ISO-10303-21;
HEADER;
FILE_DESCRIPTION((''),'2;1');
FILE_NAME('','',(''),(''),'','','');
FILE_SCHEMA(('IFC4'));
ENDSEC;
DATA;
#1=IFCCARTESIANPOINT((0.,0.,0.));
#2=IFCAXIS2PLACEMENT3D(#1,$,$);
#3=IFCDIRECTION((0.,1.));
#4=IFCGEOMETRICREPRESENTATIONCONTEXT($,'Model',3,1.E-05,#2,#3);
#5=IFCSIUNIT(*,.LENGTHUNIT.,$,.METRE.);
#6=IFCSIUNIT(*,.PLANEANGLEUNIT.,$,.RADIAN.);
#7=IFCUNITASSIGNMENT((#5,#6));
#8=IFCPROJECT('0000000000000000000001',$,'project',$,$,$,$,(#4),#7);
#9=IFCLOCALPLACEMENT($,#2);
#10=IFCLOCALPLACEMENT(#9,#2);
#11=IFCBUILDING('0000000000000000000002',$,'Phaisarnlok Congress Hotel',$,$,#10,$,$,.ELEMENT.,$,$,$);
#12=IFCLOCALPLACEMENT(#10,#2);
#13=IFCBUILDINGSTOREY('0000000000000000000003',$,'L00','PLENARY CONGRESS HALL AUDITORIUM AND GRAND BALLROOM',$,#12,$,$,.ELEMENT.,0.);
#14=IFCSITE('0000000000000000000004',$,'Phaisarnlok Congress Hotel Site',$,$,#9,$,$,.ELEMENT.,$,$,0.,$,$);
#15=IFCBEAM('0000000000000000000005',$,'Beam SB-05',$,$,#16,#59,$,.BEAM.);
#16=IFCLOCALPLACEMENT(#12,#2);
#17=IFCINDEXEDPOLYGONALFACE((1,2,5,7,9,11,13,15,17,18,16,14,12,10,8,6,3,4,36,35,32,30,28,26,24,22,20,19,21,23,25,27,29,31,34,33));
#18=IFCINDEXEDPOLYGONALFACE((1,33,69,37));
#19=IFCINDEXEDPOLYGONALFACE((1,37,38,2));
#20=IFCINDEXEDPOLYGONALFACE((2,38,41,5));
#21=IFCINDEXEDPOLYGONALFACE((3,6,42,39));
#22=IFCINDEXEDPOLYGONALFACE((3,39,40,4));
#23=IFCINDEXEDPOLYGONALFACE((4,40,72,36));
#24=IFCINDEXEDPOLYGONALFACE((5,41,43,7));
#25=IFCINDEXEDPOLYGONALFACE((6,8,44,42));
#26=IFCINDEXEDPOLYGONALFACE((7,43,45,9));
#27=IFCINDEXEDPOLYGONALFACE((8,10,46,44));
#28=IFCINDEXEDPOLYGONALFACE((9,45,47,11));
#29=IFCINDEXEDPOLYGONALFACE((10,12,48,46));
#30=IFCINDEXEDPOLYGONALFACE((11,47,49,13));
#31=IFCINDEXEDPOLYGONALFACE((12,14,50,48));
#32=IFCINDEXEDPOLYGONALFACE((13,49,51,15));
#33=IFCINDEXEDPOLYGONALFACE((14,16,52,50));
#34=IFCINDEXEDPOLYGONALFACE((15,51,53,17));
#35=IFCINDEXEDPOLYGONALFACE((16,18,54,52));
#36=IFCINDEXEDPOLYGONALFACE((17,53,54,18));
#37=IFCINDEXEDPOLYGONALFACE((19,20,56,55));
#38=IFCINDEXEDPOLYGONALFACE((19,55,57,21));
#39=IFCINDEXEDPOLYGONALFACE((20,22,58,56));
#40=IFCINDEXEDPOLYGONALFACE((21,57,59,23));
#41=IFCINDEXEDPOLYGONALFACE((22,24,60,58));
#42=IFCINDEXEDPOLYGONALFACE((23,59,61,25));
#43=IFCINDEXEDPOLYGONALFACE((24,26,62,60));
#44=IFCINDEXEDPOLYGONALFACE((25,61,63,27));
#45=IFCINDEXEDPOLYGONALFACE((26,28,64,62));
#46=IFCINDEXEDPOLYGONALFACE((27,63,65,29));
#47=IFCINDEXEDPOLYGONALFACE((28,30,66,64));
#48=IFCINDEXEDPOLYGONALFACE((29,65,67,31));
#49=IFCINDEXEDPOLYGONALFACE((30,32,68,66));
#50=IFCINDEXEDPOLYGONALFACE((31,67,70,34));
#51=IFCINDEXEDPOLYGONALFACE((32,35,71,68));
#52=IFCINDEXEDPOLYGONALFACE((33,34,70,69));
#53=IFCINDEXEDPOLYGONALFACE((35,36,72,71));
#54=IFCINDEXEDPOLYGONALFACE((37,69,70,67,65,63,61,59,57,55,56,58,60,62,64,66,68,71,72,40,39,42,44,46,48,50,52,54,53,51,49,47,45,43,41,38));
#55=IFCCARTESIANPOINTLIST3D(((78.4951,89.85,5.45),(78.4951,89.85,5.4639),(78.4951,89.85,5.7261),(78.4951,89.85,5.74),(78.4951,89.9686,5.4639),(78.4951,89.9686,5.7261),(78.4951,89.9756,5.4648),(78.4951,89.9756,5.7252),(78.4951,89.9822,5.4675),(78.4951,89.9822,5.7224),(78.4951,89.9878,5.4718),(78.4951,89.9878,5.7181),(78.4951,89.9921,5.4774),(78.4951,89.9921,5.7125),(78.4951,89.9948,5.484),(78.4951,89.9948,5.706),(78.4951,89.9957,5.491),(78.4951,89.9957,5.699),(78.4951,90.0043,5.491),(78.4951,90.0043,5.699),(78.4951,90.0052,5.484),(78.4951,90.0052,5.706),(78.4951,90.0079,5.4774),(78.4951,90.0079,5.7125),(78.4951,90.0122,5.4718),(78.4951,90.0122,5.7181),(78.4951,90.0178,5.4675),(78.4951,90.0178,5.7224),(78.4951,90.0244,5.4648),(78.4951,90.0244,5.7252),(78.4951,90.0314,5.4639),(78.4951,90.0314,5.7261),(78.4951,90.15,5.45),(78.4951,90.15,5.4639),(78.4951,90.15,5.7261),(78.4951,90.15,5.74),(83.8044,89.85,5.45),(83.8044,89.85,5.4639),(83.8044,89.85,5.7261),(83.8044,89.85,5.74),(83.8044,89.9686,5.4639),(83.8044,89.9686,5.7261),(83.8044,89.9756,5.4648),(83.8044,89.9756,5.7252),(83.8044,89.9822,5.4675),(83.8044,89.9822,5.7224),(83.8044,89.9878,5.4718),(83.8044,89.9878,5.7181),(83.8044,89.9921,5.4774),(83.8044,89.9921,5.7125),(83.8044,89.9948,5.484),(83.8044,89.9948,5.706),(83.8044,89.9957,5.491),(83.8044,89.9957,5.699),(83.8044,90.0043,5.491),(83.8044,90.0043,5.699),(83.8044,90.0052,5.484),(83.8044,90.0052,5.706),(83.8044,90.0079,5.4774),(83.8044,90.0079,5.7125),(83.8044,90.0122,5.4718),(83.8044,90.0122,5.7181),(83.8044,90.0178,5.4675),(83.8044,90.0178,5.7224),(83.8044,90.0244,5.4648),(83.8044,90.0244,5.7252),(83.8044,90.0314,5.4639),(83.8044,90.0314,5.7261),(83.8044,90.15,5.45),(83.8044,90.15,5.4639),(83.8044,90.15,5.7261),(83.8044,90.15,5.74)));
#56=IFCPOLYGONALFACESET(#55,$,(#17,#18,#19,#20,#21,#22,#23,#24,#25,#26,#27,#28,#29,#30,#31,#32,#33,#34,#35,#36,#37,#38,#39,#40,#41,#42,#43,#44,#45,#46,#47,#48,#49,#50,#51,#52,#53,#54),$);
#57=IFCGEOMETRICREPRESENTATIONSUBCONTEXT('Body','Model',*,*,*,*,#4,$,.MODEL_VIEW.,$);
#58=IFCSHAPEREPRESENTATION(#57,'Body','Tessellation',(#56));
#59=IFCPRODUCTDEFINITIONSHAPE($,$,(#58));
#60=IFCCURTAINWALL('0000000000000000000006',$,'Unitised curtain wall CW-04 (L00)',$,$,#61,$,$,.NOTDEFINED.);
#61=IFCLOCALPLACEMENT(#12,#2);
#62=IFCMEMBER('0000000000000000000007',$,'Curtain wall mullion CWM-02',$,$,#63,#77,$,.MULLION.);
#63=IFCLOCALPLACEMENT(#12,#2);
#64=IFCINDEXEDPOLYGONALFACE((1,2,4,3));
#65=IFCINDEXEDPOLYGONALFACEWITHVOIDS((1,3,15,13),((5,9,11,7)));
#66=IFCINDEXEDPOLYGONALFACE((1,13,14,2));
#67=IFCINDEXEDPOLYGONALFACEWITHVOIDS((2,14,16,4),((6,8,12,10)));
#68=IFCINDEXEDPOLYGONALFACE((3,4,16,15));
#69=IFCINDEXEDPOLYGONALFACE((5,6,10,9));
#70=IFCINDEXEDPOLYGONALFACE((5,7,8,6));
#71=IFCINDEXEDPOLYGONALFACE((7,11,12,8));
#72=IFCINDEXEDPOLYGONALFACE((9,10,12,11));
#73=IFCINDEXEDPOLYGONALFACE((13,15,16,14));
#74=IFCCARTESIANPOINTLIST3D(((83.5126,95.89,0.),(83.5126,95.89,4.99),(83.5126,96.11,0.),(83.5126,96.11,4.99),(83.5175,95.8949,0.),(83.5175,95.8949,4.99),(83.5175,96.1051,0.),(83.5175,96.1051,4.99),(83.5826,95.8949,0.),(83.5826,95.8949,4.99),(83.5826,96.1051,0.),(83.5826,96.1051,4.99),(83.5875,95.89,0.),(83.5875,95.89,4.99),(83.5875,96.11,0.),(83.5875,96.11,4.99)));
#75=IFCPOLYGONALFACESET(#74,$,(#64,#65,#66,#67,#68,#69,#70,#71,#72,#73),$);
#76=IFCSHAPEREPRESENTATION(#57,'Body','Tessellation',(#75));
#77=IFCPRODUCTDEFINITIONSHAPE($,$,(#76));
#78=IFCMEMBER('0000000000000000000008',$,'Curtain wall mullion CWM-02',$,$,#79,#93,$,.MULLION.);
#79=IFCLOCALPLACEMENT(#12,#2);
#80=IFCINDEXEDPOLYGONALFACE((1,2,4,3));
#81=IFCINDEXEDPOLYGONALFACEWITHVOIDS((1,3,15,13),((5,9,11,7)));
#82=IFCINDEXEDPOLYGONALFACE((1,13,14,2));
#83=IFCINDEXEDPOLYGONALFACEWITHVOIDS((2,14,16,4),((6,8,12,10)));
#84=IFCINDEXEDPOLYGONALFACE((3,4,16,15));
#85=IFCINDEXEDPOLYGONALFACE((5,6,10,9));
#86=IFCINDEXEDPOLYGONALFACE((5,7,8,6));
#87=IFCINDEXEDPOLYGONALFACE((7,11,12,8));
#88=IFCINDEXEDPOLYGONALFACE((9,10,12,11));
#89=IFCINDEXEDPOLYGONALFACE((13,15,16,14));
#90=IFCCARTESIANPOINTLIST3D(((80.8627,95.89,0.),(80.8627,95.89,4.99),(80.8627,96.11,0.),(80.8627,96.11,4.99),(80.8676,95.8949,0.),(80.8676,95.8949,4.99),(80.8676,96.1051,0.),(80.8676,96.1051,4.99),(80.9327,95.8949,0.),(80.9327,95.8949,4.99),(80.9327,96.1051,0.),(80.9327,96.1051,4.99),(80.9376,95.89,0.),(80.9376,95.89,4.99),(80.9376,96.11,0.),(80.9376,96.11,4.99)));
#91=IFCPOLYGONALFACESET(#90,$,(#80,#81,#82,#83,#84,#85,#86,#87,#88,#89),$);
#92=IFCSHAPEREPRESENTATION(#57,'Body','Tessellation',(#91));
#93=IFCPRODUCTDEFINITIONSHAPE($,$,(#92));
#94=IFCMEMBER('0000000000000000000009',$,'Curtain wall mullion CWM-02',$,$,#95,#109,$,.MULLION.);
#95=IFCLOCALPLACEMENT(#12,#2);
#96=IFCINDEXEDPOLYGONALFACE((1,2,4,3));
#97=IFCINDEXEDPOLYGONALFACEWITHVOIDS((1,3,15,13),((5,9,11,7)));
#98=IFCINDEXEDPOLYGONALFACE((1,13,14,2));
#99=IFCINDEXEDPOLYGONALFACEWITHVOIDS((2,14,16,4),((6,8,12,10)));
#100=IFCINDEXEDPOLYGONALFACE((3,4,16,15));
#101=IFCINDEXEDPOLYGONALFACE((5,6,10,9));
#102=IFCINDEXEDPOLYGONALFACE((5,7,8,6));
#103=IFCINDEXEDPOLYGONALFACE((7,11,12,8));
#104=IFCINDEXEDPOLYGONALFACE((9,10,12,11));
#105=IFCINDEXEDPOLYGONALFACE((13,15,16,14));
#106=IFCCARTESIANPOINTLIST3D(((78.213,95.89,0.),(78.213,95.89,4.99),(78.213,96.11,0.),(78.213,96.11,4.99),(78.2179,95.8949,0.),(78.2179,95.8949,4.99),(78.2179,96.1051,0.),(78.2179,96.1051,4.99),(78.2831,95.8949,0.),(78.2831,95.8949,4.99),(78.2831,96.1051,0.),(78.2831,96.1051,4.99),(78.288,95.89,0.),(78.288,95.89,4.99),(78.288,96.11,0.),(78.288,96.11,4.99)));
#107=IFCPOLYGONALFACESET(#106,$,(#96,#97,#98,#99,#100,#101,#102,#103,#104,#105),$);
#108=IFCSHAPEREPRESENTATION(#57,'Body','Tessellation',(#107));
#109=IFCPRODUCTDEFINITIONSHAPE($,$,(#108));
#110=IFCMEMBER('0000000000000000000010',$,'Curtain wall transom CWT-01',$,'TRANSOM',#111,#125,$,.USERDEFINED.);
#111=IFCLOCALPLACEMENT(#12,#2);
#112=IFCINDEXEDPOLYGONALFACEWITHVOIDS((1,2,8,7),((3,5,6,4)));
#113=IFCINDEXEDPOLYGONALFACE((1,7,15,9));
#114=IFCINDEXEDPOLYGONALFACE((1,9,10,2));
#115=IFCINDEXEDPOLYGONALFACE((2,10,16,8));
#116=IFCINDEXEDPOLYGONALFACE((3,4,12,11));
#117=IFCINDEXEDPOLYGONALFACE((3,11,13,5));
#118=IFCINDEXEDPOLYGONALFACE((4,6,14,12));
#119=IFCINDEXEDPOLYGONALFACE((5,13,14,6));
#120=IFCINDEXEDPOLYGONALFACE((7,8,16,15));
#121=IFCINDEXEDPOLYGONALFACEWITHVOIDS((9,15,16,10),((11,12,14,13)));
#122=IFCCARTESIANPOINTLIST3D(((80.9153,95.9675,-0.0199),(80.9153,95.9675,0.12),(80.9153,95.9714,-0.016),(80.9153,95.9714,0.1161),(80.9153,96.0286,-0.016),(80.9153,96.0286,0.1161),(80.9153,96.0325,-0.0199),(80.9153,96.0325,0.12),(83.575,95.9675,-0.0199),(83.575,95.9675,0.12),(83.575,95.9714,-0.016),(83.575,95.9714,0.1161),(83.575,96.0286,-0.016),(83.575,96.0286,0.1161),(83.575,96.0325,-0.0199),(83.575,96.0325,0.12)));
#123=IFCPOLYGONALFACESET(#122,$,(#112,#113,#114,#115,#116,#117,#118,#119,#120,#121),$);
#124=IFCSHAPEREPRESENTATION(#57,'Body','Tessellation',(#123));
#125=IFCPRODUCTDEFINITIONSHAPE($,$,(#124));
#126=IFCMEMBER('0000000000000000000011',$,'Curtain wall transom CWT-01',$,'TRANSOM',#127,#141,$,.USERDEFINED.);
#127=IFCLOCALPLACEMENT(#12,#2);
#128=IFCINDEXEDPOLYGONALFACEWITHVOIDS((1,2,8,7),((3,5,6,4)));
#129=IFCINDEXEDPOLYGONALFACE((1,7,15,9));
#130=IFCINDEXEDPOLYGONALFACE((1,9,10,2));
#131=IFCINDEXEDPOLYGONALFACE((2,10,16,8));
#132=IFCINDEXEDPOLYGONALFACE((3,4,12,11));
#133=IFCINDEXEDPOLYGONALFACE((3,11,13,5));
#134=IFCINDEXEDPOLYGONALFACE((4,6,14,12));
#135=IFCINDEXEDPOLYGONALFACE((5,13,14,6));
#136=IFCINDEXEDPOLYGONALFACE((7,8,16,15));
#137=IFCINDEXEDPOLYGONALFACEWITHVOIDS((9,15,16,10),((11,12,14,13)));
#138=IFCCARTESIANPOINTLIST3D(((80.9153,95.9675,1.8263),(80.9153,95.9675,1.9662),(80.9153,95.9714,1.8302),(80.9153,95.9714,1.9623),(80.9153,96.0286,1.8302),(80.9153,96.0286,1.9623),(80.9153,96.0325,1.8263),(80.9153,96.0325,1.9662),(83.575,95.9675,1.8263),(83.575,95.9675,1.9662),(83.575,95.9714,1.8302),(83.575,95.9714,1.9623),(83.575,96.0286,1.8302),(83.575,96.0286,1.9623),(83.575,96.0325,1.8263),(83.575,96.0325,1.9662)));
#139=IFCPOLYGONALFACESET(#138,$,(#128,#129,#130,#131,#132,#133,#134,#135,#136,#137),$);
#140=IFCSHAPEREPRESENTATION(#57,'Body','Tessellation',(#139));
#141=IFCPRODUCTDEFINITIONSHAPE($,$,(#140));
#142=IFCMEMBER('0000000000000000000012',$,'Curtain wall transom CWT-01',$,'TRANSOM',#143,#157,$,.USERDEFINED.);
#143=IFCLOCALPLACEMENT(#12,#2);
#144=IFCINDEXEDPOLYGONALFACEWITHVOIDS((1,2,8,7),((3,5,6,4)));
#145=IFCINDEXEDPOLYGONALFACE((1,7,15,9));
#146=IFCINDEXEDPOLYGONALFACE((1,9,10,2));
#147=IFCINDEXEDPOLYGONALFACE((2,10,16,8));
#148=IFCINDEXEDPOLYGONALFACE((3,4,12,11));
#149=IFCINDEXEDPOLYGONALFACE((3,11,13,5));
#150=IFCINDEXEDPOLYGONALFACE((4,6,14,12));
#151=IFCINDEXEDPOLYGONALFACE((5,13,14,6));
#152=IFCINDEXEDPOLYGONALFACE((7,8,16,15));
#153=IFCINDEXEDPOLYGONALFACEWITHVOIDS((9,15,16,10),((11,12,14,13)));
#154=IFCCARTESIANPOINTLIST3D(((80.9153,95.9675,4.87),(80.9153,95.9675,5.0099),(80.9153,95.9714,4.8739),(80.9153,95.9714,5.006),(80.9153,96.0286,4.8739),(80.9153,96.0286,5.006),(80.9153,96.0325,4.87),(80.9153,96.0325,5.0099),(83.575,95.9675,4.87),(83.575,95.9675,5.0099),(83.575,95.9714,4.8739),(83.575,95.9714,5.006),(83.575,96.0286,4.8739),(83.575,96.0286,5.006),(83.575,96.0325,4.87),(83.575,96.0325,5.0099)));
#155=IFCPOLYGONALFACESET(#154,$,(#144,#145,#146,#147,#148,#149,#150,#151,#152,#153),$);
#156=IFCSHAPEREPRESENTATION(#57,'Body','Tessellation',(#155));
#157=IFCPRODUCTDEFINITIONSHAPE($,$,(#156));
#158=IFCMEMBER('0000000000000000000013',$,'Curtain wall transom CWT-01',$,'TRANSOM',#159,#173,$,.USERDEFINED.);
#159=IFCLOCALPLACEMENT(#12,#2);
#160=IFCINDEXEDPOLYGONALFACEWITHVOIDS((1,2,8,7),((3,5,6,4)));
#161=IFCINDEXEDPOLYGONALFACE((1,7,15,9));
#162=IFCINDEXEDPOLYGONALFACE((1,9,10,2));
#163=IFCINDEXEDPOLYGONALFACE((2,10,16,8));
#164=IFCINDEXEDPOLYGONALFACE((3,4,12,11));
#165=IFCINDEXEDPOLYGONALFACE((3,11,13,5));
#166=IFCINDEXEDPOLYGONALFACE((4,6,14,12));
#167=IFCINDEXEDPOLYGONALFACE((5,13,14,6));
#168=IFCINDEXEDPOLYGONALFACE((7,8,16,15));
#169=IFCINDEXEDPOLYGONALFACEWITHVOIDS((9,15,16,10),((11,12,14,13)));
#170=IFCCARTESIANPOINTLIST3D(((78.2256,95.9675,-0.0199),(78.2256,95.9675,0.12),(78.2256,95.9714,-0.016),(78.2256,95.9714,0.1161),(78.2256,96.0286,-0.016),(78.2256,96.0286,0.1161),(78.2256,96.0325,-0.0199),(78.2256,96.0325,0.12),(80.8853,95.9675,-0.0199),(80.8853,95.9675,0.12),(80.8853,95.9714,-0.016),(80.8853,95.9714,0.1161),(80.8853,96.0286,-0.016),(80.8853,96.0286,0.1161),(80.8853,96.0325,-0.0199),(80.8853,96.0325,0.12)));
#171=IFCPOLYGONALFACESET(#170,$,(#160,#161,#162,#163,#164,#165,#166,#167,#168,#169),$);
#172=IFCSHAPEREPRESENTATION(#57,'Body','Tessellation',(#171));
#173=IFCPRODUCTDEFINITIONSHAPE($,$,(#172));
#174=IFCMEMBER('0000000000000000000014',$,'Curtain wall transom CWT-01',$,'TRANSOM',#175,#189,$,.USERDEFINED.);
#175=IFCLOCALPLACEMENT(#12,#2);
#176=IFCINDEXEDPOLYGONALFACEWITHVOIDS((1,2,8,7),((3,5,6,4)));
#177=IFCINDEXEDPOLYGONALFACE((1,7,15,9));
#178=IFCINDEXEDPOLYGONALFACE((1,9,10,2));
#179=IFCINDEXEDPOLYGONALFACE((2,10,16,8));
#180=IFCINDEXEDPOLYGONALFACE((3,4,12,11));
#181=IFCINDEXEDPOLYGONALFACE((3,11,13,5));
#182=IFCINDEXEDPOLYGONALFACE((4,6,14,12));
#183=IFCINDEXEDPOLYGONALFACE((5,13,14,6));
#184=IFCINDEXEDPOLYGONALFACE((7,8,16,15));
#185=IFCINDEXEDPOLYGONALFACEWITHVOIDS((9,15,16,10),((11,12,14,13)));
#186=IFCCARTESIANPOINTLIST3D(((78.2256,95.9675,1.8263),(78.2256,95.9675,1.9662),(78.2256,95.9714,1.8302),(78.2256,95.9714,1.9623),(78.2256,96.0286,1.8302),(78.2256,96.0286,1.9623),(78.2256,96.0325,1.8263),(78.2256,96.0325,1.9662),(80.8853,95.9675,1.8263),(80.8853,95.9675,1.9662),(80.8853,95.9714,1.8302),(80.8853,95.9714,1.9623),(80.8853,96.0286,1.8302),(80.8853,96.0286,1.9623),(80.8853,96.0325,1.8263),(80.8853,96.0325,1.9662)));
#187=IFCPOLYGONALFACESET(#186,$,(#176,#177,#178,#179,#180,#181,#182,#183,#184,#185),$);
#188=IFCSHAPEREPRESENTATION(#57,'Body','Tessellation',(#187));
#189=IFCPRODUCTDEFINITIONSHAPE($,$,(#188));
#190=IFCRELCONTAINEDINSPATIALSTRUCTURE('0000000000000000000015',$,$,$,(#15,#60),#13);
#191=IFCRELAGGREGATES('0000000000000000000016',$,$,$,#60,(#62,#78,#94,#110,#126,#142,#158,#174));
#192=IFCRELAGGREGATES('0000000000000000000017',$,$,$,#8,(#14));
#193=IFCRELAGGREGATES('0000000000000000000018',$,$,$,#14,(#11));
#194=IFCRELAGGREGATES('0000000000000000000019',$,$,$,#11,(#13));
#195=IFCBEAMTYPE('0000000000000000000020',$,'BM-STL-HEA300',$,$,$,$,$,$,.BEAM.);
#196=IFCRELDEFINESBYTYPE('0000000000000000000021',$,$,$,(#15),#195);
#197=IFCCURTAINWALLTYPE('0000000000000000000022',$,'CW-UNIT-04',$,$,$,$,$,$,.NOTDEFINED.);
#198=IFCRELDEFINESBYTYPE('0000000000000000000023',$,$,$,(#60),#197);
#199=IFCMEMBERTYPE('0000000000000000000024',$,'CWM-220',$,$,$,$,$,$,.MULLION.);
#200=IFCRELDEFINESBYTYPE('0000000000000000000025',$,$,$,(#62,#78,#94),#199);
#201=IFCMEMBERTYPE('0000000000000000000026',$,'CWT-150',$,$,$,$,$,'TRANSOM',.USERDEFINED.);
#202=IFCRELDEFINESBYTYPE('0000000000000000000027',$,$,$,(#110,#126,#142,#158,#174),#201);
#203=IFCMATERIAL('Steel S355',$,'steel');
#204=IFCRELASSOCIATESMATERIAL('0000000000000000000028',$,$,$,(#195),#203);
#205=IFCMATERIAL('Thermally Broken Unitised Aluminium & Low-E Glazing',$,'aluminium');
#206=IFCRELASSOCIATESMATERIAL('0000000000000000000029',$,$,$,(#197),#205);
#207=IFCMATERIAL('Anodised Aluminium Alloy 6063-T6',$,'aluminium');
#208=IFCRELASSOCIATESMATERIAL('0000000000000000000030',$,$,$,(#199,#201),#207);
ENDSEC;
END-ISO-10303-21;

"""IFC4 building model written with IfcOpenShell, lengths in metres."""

from ifc_helpers import new_model, si_unit, direction, frame, origin, origin_2d, place, context, subcontext, project, spatial, hollow_rectangle, i_section, extrude, material, material_profile, profile_set, type_object, element, aggregate, save


model = new_model("IFC4")

# Units and contexts
model_context = context("Model", 3, precision=1e-05, world=origin(), true_north=direction((0.0, 1.0)))
body_context = subcontext(model_context, "Body", "Model", "MODEL_VIEW")
ifc_project = project(units=[si_unit("LENGTHUNIT", "METRE"), si_unit("PLANEANGLEUNIT", "RADIAN")], contexts=[model_context])

# Site, building, storey
site_placement = place(None, origin())
site = spatial("IfcSite", under=ifc_project, at=site_placement, Name="Phaisarnlok Congress Hotel Site", CompositionType="ELEMENT", RefElevation=0.0)
building_placement = place(site_placement, origin())
building = spatial("IfcBuilding", under=site, at=building_placement, Name="Phaisarnlok Congress Hotel", CompositionType="ELEMENT")
storey_placement = place(building_placement, origin())
storey = spatial("IfcBuildingStorey", under=building, at=storey_placement, Name="L00", Description="PLENARY CONGRESS HALL AUDITORIUM AND GRAND BALLROOM", CompositionType="ELEMENT", Elevation=0.0)

# Shared definitions
ifc_material_1 = material(Name="Steel S355", Category="steel")

# Beam
ifc_material_profile_1 = material_profile(ifc_material_1, i_section(OverallWidth=0.3, OverallDepth=0.29, WebThickness=0.0085, FlangeThickness=0.0139, FilletRadius=0.0271, at=origin_2d()), Name="HEA 300")
ifc_profile_set_1 = profile_set([ifc_material_profile_1], Name="Steel S355")
beam_type_1 = type_object("IfcBeamType", Name="BM-STL-HEA300", PredefinedType="BEAM", material=ifc_profile_set_1)
beam_1_placement = place(storey_placement, frame((78.4951, 90.0, 5.595), z_axis=(1.0, 0.0, 0.0), x_axis=(0.0, 1.0, 0.0)))
element("IfcBeam", 1, at=beam_1_placement, inside=storey, type_object=beam_type_1, Name="Beam SB-05", PredefinedType="BEAM", context=body_context, shape_type="SweptSolid", body=[
    extrude(i_section(OverallWidth=0.3, OverallDepth=0.29, WebThickness=0.0085, FlangeThickness=0.0139, FilletRadius=0.0271, at=origin_2d()), origin(), (0.0, 0.0, 1.0), 5.3093),
])

# Curtain wall, members
ifc_material_2 = material(Name="Thermally Broken Unitised Aluminium & Low-E Glazing", Category="aluminium")
curtain_wall_type = type_object("IfcCurtainWallType", Name="CW-UNIT-04", PredefinedType="NOTDEFINED", material=ifc_material_2)
curtain_wall_placement = place(storey_placement, origin())
curtain_wall = element("IfcCurtainWall", 2, at=curtain_wall_placement, inside=storey, type_object=curtain_wall_type, Name="Unitised curtain wall CW-04 (L00)", PredefinedType="NOTDEFINED")
ifc_material_3 = material(Name="Anodised Aluminium Alloy 6063-T6", Category="aluminium")
ifc_material_profile_2 = material_profile(ifc_material_3, hollow_rectangle(XDim=0.075, YDim=0.22, WallThickness=0.0049, at=origin_2d()), Name="ALU-M 75x220x5")
ifc_profile_set_2 = profile_set([ifc_material_profile_2], Name="Anodised Aluminium Alloy 6063-T6")
member_type_1 = type_object("IfcMemberType", Name="CWM-220", PredefinedType="MULLION", material=ifc_profile_set_2)
member_1_placement = place(storey_placement, frame((83.55, 96.0, 0.0), z_axis=(0.0, 0.0, 1.0), x_axis=(-1.0, 0.0, 0.0)))
member_1 = element("IfcMember", 3, at=member_1_placement, type_object=member_type_1, Name="Curtain wall mullion CWM-02", PredefinedType="MULLION", context=body_context, shape_type="SweptSolid", body=[
    extrude(hollow_rectangle(XDim=0.075, YDim=0.22, WallThickness=0.0049, at=origin_2d()), origin(), (0.0, 0.0, 1.0), 4.99),
])
member_2_placement = place(storey_placement, frame((80.9001, 96.0, 0.0), z_axis=(0.0, 0.0, 1.0), x_axis=(-1.0, 0.0, 0.0)))
member_2 = element("IfcMember", 4, at=member_2_placement, type_object=member_type_1, Name="Curtain wall mullion CWM-02", PredefinedType="MULLION", context=body_context, shape_type="SweptSolid", body=[
    extrude(hollow_rectangle(XDim=0.075, YDim=0.22, WallThickness=0.0049, at=origin_2d()), origin(), (0.0, 0.0, 1.0), 4.99),
])
member_3_placement = place(storey_placement, frame((78.2505, 96.0, 0.0), z_axis=(0.0, 0.0, 1.0), x_axis=(-1.0, 0.0, 0.0)))
member_3 = element("IfcMember", 5, at=member_3_placement, type_object=member_type_1, Name="Curtain wall mullion CWM-02", PredefinedType="MULLION", context=body_context, shape_type="SweptSolid", body=[
    extrude(hollow_rectangle(XDim=0.075, YDim=0.22, WallThickness=0.0049, at=origin_2d()), origin(), (0.0, 0.0, 1.0), 4.99),
])
ifc_material_profile_3 = material_profile(ifc_material_3, hollow_rectangle(XDim=0.0649, YDim=0.1399, WallThickness=0.0039, at=origin_2d()), Name="ALU-T 65x140x4")
ifc_profile_set_3 = profile_set([ifc_material_profile_3], Name="Anodised Aluminium Alloy 6063-T6")
member_type_2 = type_object("IfcMemberType", Name="CWT-150", ElementType="TRANSOM", PredefinedType="USERDEFINED", material=ifc_profile_set_3)
member_4_placement = place(storey_placement, frame((83.575, 96.0, 0.05), z_axis=(-1.0, 0.0, 0.0), x_axis=(0.0, -1.0, 0.0)))
member_4 = element("IfcMember", 6, at=member_4_placement, type_object=member_type_2, Name="Curtain wall transom CWT-01", ObjectType="TRANSOM", PredefinedType="USERDEFINED", context=body_context, shape_type="SweptSolid", body=[
    extrude(hollow_rectangle(XDim=0.0649, YDim=0.1399, WallThickness=0.0039, at=origin_2d()), origin(), (0.0, 0.0, 1.0), 2.6597),
])
member_5_placement = place(storey_placement, frame((83.575, 96.0, 1.8962), z_axis=(-1.0, 0.0, 0.0), x_axis=(0.0, -1.0, 0.0)))
member_5 = element("IfcMember", 7, at=member_5_placement, type_object=member_type_2, Name="Curtain wall transom CWT-01", ObjectType="TRANSOM", PredefinedType="USERDEFINED", context=body_context, shape_type="SweptSolid", body=[
    extrude(hollow_rectangle(XDim=0.0649, YDim=0.1399, WallThickness=0.0039, at=origin_2d()), origin(), (0.0, 0.0, 1.0), 2.6597),
])
member_6_placement = place(storey_placement, frame((83.575, 96.0, 4.9399), z_axis=(-1.0, 0.0, 0.0), x_axis=(0.0, -1.0, 0.0)))
member_6 = element("IfcMember", 8, at=member_6_placement, type_object=member_type_2, Name="Curtain wall transom CWT-01", ObjectType="TRANSOM", PredefinedType="USERDEFINED", context=body_context, shape_type="SweptSolid", body=[
    extrude(hollow_rectangle(XDim=0.0649, YDim=0.1399, WallThickness=0.0039, at=origin_2d()), origin(), (0.0, 0.0, 1.0), 2.6597),
])
member_7_placement = place(storey_placement, frame((80.8853, 96.0, 0.05), z_axis=(-1.0, 0.0, 0.0), x_axis=(0.0, -1.0, 0.0)))
member_7 = element("IfcMember", 9, at=member_7_placement, type_object=member_type_2, Name="Curtain wall transom CWT-01", ObjectType="TRANSOM", PredefinedType="USERDEFINED", context=body_context, shape_type="SweptSolid", body=[
    extrude(hollow_rectangle(XDim=0.0649, YDim=0.1399, WallThickness=0.0039, at=origin_2d()), origin(), (0.0, 0.0, 1.0), 2.6597),
])
member_8_placement = place(storey_placement, frame((80.8853, 96.0, 1.8962), z_axis=(-1.0, 0.0, 0.0), x_axis=(0.0, -1.0, 0.0)))
member_8 = element("IfcMember", 10, at=member_8_placement, type_object=member_type_2, Name="Curtain wall transom CWT-01", ObjectType="TRANSOM", PredefinedType="USERDEFINED", context=body_context, shape_type="SweptSolid", body=[
    extrude(hollow_rectangle(XDim=0.0649, YDim=0.1399, WallThickness=0.0039, at=origin_2d()), origin(), (0.0, 0.0, 1.0), 2.6597),
])

aggregate(curtain_wall, [member_1, member_2, member_3, member_4, member_5, member_6, member_7, member_8])

save(model, "model.ifc")
